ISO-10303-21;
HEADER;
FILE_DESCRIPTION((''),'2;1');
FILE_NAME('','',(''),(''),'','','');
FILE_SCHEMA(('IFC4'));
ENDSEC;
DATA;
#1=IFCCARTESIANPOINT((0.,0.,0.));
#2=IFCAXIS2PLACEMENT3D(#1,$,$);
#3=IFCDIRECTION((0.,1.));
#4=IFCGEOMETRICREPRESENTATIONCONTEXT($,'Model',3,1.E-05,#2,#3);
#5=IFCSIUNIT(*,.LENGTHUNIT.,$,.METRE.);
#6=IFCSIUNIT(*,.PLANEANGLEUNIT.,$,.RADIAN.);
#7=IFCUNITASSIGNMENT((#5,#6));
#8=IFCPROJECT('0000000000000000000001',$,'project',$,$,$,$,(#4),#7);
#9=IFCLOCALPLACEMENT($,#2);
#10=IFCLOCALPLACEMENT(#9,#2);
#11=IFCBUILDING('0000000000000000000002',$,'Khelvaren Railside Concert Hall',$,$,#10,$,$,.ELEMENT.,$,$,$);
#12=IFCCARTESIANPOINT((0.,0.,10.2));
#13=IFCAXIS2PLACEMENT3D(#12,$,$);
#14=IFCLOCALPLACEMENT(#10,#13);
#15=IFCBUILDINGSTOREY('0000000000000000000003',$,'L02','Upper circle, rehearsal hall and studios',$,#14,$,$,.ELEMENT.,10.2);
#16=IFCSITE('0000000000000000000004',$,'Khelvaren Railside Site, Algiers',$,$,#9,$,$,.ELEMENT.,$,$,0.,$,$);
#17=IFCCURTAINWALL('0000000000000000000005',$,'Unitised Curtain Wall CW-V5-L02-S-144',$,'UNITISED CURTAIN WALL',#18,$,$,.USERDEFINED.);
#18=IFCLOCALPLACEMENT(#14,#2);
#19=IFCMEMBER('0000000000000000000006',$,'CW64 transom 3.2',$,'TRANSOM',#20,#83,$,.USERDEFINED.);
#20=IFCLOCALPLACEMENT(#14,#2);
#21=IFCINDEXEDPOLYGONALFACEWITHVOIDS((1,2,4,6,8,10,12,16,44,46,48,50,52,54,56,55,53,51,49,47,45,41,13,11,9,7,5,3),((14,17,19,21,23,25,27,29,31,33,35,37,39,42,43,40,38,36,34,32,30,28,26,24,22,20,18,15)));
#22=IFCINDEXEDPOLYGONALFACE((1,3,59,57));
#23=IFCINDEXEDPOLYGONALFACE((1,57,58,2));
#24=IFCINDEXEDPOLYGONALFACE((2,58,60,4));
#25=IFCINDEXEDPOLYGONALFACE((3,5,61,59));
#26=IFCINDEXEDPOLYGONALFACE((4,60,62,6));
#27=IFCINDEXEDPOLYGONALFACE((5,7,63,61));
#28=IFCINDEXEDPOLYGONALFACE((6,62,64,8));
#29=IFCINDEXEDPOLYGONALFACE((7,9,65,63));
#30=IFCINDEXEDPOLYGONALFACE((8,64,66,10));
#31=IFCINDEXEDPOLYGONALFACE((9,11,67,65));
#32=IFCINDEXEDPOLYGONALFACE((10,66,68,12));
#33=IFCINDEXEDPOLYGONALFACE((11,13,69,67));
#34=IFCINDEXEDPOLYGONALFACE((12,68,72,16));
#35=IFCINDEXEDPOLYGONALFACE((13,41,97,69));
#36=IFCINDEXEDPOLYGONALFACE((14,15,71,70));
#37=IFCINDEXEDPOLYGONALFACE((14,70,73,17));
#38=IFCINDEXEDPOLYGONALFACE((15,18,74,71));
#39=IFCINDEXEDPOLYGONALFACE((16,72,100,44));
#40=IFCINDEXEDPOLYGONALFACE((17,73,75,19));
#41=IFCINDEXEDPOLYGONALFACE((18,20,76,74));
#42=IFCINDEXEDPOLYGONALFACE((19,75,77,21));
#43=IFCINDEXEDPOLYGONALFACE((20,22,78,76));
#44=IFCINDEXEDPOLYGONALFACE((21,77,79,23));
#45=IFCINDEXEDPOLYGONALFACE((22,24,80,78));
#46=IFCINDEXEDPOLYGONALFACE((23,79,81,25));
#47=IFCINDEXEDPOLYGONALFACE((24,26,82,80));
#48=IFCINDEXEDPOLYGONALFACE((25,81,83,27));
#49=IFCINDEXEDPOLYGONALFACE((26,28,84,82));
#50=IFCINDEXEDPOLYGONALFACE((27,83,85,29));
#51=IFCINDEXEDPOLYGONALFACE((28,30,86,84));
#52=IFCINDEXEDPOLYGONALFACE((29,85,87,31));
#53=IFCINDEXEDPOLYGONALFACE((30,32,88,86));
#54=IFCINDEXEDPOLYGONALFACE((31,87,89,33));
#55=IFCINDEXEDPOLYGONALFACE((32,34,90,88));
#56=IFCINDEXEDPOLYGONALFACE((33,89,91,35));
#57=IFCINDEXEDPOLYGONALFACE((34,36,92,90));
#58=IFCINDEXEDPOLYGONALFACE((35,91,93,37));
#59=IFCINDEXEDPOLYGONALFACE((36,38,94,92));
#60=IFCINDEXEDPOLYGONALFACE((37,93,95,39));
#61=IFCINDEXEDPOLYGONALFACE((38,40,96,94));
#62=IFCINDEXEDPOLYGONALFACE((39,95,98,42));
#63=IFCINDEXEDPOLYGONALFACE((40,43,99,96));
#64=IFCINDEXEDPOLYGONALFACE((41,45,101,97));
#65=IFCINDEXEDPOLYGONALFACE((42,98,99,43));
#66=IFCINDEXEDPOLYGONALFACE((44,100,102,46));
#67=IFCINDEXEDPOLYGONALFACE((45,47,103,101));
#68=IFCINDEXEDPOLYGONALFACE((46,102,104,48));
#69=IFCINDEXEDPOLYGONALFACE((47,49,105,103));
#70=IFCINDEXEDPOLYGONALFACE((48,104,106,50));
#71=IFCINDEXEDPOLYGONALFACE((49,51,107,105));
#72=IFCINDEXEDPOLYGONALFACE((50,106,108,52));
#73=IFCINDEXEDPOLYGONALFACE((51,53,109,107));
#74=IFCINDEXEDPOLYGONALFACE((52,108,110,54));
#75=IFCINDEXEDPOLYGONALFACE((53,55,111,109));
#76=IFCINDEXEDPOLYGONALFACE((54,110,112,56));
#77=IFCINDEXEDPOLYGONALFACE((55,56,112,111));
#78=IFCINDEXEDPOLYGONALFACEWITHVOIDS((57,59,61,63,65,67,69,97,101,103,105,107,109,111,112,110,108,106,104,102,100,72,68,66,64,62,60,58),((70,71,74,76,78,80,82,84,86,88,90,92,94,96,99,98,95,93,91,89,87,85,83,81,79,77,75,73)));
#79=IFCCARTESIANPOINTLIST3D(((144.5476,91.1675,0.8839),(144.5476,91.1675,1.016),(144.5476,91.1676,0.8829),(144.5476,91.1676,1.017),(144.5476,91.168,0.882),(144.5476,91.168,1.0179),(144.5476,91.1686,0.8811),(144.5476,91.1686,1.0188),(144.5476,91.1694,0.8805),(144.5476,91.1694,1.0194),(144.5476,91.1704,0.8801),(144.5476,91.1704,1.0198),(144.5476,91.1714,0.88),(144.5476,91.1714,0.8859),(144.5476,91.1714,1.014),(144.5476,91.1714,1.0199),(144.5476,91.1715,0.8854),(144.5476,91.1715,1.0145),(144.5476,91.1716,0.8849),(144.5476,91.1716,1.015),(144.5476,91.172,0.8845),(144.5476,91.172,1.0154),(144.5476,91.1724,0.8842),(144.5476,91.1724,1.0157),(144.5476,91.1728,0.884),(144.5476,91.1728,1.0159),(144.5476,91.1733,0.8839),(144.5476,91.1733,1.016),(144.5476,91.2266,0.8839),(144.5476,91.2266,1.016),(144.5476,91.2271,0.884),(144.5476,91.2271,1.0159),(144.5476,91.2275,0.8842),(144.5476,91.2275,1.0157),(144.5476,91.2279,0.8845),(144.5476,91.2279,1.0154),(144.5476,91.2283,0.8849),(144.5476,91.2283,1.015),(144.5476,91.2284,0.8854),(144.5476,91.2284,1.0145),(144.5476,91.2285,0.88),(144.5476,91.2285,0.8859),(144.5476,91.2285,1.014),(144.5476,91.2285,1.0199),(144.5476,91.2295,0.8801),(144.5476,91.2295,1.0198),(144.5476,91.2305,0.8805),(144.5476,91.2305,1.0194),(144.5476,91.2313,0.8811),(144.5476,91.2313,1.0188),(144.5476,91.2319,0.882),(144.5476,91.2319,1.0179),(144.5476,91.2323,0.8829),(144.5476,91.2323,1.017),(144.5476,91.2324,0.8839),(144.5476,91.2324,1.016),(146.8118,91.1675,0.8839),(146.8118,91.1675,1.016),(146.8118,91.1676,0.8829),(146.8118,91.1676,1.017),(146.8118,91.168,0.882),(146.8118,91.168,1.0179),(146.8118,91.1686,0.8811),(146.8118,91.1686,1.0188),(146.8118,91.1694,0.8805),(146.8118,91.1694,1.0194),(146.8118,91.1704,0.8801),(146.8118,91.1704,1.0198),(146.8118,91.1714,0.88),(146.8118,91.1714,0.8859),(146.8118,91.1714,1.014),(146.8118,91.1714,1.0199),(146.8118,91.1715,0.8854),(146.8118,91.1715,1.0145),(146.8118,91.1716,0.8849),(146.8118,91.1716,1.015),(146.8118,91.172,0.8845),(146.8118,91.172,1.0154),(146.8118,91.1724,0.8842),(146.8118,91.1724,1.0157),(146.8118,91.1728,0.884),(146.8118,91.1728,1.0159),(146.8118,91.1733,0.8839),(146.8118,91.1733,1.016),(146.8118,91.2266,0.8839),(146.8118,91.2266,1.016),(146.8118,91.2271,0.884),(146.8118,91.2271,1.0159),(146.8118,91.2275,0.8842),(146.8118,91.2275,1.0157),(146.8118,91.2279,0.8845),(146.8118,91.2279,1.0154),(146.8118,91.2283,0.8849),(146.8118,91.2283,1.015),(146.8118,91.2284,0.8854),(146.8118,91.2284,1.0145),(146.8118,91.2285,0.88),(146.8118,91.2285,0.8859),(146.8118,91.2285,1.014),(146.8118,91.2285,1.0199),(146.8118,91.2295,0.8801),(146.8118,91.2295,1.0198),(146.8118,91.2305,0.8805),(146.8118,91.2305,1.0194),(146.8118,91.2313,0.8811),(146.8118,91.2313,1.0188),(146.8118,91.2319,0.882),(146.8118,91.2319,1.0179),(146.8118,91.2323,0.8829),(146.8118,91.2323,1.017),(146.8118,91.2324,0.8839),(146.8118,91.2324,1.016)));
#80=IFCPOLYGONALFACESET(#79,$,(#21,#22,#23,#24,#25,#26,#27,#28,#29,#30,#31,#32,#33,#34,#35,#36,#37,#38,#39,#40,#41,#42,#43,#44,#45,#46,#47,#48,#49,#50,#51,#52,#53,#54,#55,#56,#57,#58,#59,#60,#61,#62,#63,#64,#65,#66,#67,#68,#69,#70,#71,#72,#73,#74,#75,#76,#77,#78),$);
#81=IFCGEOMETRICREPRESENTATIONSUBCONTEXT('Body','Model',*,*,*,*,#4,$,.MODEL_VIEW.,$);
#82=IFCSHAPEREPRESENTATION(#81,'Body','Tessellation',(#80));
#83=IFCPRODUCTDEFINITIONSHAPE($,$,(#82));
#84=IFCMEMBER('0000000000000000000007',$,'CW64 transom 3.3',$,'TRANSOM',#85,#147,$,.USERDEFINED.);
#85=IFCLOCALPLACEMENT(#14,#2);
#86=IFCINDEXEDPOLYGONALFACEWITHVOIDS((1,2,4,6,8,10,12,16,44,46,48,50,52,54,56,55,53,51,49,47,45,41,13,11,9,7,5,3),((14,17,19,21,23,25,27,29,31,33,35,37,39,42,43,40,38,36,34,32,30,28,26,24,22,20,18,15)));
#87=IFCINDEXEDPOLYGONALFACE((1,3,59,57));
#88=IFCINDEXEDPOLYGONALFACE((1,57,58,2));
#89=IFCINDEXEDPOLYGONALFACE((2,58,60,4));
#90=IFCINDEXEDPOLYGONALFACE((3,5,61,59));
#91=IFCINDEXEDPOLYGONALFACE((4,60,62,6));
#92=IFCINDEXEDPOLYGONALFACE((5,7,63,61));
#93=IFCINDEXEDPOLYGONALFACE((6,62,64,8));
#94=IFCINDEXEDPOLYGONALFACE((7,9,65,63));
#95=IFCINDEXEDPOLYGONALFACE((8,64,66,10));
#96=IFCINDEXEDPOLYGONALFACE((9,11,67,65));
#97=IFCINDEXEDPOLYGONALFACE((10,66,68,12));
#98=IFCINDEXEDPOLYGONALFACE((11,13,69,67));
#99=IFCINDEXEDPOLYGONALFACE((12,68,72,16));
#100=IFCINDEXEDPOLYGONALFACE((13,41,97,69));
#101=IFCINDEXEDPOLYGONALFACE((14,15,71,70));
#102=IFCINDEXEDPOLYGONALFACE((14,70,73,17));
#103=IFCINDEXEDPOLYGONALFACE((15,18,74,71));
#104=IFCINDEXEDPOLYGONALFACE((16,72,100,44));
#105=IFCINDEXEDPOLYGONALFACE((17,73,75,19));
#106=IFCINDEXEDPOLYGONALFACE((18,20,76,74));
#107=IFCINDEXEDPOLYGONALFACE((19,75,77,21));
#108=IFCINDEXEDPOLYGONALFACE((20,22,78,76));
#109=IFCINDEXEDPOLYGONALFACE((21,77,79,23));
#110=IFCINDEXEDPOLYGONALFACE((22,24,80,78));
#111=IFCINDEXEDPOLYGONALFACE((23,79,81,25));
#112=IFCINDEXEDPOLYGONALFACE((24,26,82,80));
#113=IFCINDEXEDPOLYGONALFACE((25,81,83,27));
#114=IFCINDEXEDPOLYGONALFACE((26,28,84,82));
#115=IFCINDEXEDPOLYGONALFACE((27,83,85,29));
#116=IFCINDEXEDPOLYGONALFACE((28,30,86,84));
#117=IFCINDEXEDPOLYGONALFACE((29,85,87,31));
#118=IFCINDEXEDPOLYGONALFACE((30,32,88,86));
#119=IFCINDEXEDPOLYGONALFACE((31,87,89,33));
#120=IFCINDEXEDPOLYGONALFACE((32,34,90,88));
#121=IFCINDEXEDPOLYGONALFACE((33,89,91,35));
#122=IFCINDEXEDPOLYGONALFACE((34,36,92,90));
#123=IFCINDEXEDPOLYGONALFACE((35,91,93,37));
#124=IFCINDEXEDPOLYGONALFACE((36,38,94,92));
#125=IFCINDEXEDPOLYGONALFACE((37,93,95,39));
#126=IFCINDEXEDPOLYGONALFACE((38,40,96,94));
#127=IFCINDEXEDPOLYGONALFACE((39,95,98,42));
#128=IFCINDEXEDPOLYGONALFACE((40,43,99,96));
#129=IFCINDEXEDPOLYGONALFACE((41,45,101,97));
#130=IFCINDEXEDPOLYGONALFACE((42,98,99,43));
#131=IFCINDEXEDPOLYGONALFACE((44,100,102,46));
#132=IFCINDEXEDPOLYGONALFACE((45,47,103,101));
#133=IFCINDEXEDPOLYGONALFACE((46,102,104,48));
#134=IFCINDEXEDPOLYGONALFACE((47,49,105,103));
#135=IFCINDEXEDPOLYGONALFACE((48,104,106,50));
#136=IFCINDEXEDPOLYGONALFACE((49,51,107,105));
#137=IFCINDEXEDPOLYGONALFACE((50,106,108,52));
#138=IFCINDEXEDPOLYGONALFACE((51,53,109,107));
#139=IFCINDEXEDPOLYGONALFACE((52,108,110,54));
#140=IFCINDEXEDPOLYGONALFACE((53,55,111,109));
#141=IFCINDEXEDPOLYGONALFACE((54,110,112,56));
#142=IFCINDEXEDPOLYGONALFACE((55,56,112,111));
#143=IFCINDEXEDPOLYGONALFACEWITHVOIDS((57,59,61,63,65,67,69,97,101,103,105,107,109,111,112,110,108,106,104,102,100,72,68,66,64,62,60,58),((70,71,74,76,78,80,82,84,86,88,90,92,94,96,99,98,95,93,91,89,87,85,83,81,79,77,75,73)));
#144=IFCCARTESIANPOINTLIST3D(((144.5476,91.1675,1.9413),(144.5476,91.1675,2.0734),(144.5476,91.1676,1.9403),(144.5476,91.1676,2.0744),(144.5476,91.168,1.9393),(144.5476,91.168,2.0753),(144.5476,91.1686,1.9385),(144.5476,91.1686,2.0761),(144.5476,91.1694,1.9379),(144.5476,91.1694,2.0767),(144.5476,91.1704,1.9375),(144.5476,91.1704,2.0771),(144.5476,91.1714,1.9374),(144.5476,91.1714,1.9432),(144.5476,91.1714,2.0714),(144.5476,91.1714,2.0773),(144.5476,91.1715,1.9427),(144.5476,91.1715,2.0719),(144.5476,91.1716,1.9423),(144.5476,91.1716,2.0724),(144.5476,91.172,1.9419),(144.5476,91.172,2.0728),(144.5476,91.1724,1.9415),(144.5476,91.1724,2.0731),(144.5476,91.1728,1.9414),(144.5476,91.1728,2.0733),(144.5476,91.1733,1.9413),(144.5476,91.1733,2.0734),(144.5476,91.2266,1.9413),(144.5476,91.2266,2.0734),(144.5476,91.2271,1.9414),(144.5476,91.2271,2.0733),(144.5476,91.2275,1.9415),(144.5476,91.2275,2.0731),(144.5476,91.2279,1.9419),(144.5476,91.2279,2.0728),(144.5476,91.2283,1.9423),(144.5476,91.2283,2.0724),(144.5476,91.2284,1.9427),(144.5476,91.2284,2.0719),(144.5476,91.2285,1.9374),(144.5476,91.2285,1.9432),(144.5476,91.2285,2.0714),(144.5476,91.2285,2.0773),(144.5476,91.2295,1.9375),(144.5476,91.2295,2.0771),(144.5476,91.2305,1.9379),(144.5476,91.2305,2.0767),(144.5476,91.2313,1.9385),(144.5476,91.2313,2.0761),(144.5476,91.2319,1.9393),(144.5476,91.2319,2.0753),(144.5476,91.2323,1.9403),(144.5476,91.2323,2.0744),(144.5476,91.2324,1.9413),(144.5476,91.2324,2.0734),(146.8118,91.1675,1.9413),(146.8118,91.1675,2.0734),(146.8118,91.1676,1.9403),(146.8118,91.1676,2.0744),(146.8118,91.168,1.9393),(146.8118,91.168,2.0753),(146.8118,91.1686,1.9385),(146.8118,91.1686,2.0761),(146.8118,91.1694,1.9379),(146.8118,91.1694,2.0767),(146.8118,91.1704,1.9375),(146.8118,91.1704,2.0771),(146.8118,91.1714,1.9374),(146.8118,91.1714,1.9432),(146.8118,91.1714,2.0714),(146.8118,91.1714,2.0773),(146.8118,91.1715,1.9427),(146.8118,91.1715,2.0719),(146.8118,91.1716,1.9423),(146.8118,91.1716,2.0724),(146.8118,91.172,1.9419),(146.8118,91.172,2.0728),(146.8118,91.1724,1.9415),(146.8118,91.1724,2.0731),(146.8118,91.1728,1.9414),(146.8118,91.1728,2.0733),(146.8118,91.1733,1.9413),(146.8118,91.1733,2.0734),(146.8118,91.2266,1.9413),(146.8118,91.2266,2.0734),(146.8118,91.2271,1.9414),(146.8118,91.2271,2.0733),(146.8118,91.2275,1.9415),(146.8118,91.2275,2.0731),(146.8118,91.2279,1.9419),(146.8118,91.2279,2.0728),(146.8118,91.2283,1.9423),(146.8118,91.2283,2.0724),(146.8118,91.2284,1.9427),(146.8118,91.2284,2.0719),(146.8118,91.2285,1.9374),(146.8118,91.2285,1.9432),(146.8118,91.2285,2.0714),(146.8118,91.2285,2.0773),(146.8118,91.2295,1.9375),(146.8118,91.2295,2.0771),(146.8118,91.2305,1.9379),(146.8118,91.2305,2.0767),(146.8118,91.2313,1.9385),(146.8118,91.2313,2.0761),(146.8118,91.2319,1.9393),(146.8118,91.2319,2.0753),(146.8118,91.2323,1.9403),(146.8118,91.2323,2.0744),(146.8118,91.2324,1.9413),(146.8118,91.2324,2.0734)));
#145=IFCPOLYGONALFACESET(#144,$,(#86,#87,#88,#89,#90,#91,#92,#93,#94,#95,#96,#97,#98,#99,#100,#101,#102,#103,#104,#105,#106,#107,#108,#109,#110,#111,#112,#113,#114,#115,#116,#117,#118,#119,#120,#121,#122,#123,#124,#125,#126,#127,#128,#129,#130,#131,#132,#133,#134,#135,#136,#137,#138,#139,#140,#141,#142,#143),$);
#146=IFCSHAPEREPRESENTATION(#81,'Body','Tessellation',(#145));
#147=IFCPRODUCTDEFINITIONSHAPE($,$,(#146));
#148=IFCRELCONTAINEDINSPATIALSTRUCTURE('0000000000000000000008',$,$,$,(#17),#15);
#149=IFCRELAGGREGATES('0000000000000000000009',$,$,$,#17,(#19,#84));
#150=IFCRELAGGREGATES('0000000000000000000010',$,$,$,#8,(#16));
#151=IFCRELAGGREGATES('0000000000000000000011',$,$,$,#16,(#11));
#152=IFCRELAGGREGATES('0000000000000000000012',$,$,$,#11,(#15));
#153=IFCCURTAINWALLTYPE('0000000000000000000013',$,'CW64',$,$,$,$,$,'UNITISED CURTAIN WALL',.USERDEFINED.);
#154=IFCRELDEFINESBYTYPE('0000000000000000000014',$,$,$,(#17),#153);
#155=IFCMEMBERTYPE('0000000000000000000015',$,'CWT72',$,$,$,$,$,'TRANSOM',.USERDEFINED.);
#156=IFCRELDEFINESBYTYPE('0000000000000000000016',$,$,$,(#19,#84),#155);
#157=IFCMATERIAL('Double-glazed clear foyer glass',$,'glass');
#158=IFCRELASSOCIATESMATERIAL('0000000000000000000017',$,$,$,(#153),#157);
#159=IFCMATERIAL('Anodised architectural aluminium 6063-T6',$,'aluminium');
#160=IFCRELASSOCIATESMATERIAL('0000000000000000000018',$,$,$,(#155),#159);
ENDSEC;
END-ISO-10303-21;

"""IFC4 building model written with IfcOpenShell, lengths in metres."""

from ifc_helpers import new_model, si_unit, direction, frame, origin, origin_2d, place, context, subcontext, project, spatial, hollow_rectangle, extrude, material, material_profile, profile_set, type_object, element, aggregate, save


model = new_model("IFC4")

# Units and contexts
model_context = context("Model", 3, precision=1e-05, world=origin(), true_north=direction((0.0, 1.0)))
body_context = subcontext(model_context, "Body", "Model", "MODEL_VIEW")
ifc_project = project(units=[si_unit("LENGTHUNIT", "METRE"), si_unit("PLANEANGLEUNIT", "RADIAN")], contexts=[model_context])

# Site, building, storey
site_placement = place(None, origin())
site = spatial("IfcSite", under=ifc_project, at=site_placement, Name="Khelvaren Railside Site, Algiers", CompositionType="ELEMENT", RefElevation=0.0)
building_placement = place(site_placement, origin())
building = spatial("IfcBuilding", under=site, at=building_placement, Name="Khelvaren Railside Concert Hall", CompositionType="ELEMENT")
storey_placement = place(building_placement, frame((0.0, 0.0, 10.2)))
storey = spatial("IfcBuildingStorey", under=building, at=storey_placement, Name="L02", Description="Upper circle, rehearsal hall and studios", CompositionType="ELEMENT", Elevation=10.2)

# Shared definitions
ifc_material_1 = material(Name="Double-glazed clear foyer glass", Category="glass")
ifc_material_2 = material(Name="Anodised architectural aluminium 6063-T6", Category="aluminium")

# Curtain wall
curtain_wall_type_1 = type_object("IfcCurtainWallType", Name="CW64", ElementType="UNITISED CURTAIN WALL", PredefinedType="USERDEFINED", material=ifc_material_1)
curtain_wall_1_placement = place(storey_placement, origin())
curtain_wall_1 = element("IfcCurtainWall", 1, at=curtain_wall_1_placement, inside=storey, type_object=curtain_wall_type_1, Name="Unitised Curtain Wall CW-V5-L02-S-144", ObjectType="UNITISED CURTAIN WALL", PredefinedType="USERDEFINED")

# Members
ifc_material_profile_1 = material_profile(ifc_material_2, hollow_rectangle(XDim=0.0649, YDim=0.1399, WallThickness=0.0039, InnerFilletRadius=0.002, OuterFilletRadius=0.0039, at=origin_2d()), Name="CWT 65x140x4")
ifc_profile_set_1 = profile_set([ifc_material_profile_1], Name="Anodised architectural aluminium 6063-T6")
member_type_1 = type_object("IfcMemberType", Name="CWT72", ElementType="TRANSOM", PredefinedType="USERDEFINED", material=ifc_profile_set_1)
member_1_placement = place(storey_placement, frame((146.8118, 91.2, 0.95), z_axis=(-1.0, 0.0, 0.0), x_axis=(0.0, -1.0, 0.0)))
member_1 = element("IfcMember", 2, at=member_1_placement, type_object=member_type_1, Name="CW64 transom 3.2", ObjectType="TRANSOM", PredefinedType="USERDEFINED", context=body_context, shape_type="SweptSolid", body=[
    extrude(hollow_rectangle(XDim=0.0649, YDim=0.1399, WallThickness=0.0039, InnerFilletRadius=0.002, OuterFilletRadius=0.0039, at=origin_2d()), origin(), (0.0, 0.0, 1.0), 2.2642),
])
member_2_placement = place(storey_placement, frame((146.8118, 91.2, 2.0073), z_axis=(-1.0, 0.0, 0.0), x_axis=(0.0, -1.0, 0.0)))
member_2 = element("IfcMember", 3, at=member_2_placement, type_object=member_type_1, Name="CW64 transom 3.3", ObjectType="TRANSOM", PredefinedType="USERDEFINED", context=body_context, shape_type="SweptSolid", body=[
    extrude(hollow_rectangle(XDim=0.0649, YDim=0.1399, WallThickness=0.0039, InnerFilletRadius=0.002, OuterFilletRadius=0.0039, at=origin_2d()), origin(), (0.0, 0.0, 1.0), 2.2642),
])

aggregate(curtain_wall_1, [member_1, member_2])

save(model, "model.ifc")
